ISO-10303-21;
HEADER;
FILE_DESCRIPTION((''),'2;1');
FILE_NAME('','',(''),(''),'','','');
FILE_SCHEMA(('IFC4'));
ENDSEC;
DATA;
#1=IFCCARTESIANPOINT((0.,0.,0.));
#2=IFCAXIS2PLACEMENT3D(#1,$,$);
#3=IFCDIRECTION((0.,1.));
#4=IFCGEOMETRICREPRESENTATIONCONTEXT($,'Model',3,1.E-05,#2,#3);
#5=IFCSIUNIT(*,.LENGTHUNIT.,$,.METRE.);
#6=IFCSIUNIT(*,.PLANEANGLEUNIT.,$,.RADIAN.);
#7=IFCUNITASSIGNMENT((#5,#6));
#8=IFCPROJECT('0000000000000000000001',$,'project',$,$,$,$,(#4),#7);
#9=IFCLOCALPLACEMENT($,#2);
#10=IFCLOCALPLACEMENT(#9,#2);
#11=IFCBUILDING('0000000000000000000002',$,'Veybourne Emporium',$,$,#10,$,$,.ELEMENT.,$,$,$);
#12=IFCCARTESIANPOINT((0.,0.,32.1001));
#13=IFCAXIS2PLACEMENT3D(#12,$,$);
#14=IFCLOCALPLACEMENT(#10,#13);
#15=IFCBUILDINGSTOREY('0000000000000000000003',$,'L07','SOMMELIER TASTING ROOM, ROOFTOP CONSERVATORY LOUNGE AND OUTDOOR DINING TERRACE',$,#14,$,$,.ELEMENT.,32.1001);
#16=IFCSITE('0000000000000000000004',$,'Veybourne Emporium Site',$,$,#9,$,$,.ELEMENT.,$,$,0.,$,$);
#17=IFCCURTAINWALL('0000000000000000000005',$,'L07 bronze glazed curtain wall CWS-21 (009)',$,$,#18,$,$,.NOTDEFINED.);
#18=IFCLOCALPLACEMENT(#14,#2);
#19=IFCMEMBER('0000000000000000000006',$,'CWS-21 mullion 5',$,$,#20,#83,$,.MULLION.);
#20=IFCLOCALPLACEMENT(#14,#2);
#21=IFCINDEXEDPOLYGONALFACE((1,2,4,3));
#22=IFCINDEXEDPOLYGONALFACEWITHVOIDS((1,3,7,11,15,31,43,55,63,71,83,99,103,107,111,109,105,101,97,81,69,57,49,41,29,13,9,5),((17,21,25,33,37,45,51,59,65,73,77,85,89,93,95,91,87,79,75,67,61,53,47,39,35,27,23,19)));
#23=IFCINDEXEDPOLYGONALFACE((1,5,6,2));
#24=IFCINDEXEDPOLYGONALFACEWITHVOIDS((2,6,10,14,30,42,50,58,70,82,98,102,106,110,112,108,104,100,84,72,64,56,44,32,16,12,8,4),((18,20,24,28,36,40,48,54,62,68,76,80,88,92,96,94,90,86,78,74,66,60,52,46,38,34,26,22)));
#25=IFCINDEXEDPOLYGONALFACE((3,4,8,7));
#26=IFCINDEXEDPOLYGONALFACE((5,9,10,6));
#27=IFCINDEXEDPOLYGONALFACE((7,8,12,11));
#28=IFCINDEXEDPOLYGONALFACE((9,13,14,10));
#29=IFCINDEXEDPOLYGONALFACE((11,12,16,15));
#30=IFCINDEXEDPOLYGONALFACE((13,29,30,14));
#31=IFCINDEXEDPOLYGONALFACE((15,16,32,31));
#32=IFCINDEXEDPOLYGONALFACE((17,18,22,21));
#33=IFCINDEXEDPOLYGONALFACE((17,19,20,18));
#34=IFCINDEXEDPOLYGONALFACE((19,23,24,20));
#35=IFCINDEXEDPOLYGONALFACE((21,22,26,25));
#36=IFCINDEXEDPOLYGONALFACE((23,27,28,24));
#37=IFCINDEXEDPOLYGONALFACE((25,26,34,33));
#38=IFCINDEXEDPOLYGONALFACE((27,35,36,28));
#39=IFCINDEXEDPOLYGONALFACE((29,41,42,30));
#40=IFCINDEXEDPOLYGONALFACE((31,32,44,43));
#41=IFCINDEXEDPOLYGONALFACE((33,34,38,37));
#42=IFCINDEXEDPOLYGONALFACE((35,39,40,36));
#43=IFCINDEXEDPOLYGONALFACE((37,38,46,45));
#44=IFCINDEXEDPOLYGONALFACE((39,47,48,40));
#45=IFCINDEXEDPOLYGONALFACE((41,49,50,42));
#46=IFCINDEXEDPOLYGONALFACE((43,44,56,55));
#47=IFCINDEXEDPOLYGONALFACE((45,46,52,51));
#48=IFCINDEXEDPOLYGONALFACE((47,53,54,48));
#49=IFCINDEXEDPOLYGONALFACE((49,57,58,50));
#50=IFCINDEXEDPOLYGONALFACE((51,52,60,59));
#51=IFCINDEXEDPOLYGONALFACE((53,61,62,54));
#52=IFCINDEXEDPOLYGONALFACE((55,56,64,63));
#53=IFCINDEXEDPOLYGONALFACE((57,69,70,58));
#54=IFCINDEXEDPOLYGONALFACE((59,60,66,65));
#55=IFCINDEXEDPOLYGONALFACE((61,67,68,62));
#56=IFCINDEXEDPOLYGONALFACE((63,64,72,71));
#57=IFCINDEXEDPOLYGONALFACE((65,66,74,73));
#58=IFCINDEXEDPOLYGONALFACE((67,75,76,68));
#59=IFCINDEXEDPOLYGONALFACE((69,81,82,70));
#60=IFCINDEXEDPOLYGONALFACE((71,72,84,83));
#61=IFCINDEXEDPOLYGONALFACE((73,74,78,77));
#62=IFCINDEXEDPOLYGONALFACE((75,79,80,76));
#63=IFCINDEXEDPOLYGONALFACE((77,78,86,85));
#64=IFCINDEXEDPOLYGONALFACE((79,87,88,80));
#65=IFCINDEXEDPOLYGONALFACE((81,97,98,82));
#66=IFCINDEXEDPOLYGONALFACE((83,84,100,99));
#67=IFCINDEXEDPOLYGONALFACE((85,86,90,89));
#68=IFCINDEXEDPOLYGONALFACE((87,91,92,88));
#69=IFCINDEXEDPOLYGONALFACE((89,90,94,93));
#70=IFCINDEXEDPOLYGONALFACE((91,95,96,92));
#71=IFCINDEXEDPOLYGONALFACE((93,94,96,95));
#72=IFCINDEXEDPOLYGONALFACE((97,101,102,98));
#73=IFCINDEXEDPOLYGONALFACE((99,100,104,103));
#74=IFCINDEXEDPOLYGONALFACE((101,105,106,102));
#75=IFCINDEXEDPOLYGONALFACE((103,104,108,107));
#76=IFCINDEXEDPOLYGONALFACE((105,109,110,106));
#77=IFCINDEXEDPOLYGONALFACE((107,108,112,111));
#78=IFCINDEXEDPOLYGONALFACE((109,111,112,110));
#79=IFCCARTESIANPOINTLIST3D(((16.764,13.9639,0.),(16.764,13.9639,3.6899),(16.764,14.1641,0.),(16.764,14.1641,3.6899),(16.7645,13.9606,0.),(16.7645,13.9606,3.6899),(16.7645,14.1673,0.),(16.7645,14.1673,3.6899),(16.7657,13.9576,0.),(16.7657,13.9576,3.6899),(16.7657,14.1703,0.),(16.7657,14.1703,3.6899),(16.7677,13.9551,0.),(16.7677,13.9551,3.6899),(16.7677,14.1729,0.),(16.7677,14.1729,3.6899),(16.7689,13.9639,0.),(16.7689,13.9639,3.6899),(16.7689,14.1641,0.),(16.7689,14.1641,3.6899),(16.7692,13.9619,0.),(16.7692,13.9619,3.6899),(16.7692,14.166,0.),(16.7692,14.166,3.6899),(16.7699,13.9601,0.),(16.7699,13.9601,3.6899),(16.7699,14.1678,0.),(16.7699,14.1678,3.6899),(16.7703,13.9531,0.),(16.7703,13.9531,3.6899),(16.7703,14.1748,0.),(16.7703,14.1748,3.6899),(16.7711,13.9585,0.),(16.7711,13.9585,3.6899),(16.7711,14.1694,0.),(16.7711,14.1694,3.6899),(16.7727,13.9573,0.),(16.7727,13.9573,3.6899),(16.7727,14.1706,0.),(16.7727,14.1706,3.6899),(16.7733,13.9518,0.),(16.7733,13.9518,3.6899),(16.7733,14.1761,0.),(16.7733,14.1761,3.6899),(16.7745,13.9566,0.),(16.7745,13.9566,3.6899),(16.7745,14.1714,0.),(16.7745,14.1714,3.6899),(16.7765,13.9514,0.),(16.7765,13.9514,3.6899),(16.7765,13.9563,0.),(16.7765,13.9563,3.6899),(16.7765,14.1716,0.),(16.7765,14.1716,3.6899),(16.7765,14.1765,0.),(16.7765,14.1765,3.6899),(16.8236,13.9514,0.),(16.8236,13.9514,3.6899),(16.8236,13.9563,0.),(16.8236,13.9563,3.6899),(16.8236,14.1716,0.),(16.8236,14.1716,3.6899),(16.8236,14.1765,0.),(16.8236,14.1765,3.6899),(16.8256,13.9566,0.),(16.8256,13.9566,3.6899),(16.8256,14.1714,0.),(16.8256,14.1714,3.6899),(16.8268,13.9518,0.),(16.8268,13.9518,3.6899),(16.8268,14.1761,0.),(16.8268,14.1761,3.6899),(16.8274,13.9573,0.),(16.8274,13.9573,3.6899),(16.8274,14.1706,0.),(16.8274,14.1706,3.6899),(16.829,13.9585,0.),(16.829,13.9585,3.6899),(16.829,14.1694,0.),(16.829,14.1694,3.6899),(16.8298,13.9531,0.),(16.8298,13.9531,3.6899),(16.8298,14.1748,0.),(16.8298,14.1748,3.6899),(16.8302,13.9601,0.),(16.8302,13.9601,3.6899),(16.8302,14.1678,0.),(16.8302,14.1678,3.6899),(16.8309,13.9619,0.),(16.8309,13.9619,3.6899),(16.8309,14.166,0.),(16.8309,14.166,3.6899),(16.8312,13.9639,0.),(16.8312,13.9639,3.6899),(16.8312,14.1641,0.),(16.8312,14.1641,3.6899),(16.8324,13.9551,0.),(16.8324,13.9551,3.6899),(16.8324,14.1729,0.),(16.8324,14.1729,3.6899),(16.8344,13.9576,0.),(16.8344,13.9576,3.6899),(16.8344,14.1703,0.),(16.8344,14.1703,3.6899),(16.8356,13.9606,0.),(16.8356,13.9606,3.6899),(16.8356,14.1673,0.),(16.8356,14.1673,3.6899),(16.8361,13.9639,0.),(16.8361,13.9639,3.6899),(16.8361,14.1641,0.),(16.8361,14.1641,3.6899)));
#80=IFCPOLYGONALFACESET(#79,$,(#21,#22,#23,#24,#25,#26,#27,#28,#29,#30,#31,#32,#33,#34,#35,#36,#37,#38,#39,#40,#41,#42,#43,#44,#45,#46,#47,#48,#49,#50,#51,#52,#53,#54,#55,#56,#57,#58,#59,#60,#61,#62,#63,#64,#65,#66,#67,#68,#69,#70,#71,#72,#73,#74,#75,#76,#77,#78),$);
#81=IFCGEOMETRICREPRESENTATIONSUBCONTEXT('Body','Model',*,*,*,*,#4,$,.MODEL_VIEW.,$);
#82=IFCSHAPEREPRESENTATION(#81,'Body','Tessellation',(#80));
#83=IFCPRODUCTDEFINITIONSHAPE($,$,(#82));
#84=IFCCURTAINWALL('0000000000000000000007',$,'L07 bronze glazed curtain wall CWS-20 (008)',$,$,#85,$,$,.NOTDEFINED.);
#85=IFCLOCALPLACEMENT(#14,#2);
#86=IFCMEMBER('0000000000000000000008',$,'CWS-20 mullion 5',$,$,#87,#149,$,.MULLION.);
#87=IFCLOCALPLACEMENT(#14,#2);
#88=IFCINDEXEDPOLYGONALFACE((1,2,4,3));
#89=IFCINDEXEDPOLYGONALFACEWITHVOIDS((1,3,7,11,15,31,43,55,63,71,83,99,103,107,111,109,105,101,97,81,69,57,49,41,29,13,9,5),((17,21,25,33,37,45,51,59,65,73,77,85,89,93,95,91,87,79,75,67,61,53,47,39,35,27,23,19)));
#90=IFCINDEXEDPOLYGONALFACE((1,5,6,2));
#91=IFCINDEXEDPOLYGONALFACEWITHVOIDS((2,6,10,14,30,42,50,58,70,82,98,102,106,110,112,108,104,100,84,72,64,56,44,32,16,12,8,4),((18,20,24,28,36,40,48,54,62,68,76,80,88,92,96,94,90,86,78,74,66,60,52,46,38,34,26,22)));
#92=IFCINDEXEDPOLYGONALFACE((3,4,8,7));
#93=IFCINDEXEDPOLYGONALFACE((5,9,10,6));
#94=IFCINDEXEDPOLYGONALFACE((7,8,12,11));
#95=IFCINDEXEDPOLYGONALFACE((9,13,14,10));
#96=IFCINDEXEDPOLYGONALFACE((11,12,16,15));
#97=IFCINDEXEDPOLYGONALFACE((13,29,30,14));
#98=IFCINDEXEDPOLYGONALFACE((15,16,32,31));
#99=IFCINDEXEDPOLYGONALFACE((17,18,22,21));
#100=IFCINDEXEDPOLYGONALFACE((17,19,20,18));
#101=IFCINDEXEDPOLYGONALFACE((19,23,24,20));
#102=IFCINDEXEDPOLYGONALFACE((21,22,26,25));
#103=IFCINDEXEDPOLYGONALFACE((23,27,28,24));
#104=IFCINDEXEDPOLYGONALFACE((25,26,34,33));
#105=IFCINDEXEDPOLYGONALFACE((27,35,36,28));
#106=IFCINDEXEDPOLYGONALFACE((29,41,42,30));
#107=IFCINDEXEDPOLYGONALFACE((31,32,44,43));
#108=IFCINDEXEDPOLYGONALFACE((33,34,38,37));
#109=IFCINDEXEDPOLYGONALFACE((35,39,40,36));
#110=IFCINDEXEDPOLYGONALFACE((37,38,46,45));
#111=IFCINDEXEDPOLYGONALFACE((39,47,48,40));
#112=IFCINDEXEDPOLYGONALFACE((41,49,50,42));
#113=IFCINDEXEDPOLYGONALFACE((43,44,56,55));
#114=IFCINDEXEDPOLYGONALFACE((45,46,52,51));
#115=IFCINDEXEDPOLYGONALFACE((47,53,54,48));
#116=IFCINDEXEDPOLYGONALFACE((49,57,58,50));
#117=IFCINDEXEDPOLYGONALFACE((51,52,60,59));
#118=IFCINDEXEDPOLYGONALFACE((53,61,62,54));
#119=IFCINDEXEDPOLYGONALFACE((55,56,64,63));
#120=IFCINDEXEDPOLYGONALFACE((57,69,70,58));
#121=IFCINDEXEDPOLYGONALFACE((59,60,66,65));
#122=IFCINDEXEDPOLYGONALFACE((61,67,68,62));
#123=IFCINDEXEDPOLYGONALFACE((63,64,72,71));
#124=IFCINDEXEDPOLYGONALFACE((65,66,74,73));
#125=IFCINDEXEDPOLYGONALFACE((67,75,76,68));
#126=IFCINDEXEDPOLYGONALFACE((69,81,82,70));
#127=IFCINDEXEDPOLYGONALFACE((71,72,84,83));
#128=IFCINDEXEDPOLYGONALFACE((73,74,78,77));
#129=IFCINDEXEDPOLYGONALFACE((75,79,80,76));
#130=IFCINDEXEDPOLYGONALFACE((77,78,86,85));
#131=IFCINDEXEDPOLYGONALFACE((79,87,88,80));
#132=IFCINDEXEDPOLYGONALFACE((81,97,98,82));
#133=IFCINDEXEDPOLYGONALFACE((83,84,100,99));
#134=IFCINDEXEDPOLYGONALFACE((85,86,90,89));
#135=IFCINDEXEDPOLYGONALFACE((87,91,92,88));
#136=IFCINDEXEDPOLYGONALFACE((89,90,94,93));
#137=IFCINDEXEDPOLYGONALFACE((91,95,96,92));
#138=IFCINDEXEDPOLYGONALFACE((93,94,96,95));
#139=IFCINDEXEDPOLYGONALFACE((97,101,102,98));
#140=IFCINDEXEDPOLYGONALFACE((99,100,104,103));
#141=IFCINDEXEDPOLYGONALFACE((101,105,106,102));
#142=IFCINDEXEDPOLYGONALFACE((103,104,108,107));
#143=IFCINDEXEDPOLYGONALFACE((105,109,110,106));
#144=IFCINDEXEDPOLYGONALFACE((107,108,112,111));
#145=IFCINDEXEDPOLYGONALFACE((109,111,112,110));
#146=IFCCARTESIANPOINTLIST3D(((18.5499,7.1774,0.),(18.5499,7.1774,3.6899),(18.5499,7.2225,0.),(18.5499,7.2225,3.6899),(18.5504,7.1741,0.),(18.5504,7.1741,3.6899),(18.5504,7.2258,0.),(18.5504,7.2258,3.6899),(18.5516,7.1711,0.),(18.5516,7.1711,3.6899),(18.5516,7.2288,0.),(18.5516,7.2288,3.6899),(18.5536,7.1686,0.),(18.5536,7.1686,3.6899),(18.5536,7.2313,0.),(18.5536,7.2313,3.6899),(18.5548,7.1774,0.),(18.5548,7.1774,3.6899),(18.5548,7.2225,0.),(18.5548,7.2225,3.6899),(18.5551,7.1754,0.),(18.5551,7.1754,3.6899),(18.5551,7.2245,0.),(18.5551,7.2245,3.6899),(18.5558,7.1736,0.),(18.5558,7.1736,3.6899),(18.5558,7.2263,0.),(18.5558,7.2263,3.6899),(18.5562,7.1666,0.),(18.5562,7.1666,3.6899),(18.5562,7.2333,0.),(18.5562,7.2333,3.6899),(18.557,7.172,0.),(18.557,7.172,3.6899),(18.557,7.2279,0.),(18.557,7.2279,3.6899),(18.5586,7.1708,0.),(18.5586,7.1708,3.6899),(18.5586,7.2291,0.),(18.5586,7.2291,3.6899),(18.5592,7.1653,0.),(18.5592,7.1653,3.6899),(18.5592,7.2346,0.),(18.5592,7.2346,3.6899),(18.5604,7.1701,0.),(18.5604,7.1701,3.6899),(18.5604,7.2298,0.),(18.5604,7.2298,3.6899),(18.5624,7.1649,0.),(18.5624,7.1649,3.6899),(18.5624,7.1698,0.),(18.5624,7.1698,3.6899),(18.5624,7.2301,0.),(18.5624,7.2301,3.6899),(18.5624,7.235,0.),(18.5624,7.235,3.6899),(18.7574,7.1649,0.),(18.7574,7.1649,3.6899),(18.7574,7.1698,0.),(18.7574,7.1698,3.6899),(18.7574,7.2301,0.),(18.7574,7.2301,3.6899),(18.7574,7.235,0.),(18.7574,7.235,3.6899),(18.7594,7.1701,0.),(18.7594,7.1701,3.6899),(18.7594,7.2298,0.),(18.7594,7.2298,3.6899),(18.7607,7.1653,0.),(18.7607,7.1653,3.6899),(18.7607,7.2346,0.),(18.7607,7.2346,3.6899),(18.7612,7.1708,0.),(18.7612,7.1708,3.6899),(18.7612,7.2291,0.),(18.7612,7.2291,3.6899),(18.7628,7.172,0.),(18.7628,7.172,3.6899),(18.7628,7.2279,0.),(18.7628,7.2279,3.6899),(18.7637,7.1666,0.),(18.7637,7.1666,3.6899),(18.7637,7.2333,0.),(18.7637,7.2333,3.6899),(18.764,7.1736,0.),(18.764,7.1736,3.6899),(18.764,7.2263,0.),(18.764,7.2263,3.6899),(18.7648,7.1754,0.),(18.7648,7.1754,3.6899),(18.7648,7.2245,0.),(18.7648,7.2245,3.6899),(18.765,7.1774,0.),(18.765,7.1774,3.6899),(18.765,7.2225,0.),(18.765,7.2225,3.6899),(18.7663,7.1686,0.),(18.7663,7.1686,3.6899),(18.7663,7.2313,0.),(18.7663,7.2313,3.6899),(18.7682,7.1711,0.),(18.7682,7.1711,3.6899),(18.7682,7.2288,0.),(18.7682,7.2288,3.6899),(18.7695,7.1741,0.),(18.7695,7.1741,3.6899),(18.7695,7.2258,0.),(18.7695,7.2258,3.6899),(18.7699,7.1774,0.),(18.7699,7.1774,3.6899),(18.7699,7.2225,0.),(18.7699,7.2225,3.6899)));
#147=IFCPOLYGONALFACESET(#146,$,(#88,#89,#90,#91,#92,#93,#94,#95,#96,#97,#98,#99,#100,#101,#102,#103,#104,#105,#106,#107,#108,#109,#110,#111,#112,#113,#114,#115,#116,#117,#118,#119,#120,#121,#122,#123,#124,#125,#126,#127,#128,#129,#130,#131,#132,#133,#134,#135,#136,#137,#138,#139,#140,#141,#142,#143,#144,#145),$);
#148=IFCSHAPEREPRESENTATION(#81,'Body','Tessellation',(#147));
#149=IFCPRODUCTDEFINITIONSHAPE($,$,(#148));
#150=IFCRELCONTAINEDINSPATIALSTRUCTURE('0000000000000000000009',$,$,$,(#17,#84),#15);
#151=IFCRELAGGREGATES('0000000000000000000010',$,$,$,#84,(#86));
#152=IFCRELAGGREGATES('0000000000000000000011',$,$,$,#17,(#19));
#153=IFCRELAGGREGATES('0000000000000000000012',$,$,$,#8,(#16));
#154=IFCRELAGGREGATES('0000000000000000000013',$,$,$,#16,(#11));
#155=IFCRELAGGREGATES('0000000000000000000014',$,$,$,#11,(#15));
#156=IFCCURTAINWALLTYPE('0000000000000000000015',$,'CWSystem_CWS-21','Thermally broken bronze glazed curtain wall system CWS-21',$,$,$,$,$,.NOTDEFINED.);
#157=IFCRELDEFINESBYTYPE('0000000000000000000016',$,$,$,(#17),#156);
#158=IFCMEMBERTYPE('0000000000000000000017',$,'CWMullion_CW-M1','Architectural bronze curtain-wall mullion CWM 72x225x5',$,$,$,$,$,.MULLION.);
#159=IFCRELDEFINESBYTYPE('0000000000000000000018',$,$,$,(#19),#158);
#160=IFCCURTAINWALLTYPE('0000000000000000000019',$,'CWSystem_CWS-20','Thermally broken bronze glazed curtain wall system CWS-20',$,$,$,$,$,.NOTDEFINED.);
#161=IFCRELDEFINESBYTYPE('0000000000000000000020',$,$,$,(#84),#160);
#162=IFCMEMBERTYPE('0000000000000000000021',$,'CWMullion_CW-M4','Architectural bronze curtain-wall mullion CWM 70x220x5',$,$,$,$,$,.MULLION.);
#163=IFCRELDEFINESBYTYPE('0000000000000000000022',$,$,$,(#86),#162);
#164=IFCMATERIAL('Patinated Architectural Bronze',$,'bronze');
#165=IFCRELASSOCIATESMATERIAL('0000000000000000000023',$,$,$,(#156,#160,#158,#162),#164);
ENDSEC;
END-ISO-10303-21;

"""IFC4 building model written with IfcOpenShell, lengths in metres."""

from ifc_helpers import new_model, si_unit, direction, frame, origin, origin_2d, place, context, subcontext, project, spatial, hollow_rectangle, extrude, material, material_profile, profile_set, type_object, element, aggregate, save


model = new_model("IFC4")

# Units and contexts
model_context = context("Model", 3, precision=1e-05, world=origin(), true_north=direction((0.0, 1.0)))
body_context = subcontext(model_context, "Body", "Model", "MODEL_VIEW")
ifc_project = project(units=[si_unit("LENGTHUNIT", "METRE"), si_unit("PLANEANGLEUNIT", "RADIAN")], contexts=[model_context])

# Site, building, storey
site_placement = place(None, origin())
site = spatial("IfcSite", under=ifc_project, at=site_placement, Name="Veybourne Emporium Site", CompositionType="ELEMENT", RefElevation=0.0)
building_placement = place(site_placement, origin())
building = spatial("IfcBuilding", under=site, at=building_placement, Name="Veybourne Emporium", CompositionType="ELEMENT")
storey_placement = place(building_placement, frame((0.0, 0.0, 32.1001)))
storey = spatial("IfcBuildingStorey", under=building, at=storey_placement, Name="L07", Description="SOMMELIER TASTING ROOM, ROOFTOP CONSERVATORY LOUNGE AND OUTDOOR DINING TERRACE", CompositionType="ELEMENT", Elevation=32.1001)

# Curtain walls, members
ifc_material_1 = material(Name="Patinated Architectural Bronze", Category="bronze")
curtain_wall_type_1 = type_object("IfcCurtainWallType", Name="CWSystem_CWS-21", Description="Thermally broken bronze glazed curtain wall system CWS-21", PredefinedType="NOTDEFINED", material=ifc_material_1)
curtain_wall_1_placement = place(storey_placement, origin())
curtain_wall_1 = element("IfcCurtainWall", 1, at=curtain_wall_1_placement, inside=storey, type_object=curtain_wall_type_1, Name="L07 bronze glazed curtain wall CWS-21 (009)", PredefinedType="NOTDEFINED")
ifc_material_profile_1 = material_profile(ifc_material_1, hollow_rectangle(XDim=0.072, YDim=0.2251, WallThickness=0.0049, InnerFilletRadius=0.0076, OuterFilletRadius=0.0125, at=origin_2d()), Name="CWM 72x225x5")
ifc_profile_set_1 = profile_set([ifc_material_profile_1], Name="Patinated Architectural Bronze")
member_type_1 = type_object("IfcMemberType", Name="CWMullion_CW-M1", Description="Architectural bronze curtain-wall mullion CWM 72x225x5", PredefinedType="MULLION", material=ifc_profile_set_1)
member_1_placement = place(storey_placement, frame((16.8, 14.064, 0.0), z_axis=(0.0, 0.0, 1.0), x_axis=(-1.0, 0.0, 0.0)))
member_1 = element("IfcMember", 2, at=member_1_placement, type_object=member_type_1, Name="CWS-21 mullion 5", PredefinedType="MULLION", context=body_context, shape_type="SweptSolid", body=[
    extrude(hollow_rectangle(XDim=0.072, YDim=0.2251, WallThickness=0.0049, InnerFilletRadius=0.0076, OuterFilletRadius=0.0125, at=origin_2d()), origin(), (0.0, 0.0, 1.0), 3.6899),
])
curtain_wall_type_2 = type_object("IfcCurtainWallType", Name="CWSystem_CWS-20", Description="Thermally broken bronze glazed curtain wall system CWS-20", PredefinedType="NOTDEFINED", material=ifc_material_1)
curtain_wall_2_placement = place(storey_placement, origin())
curtain_wall_2 = element("IfcCurtainWall", 3, at=curtain_wall_2_placement, inside=storey, type_object=curtain_wall_type_2, Name="L07 bronze glazed curtain wall CWS-20 (008)", PredefinedType="NOTDEFINED")
ifc_material_profile_2 = material_profile(ifc_material_1, hollow_rectangle(XDim=0.0701, YDim=0.22, WallThickness=0.0049, InnerFilletRadius=0.0076, OuterFilletRadius=0.0125, at=origin_2d()), Name="CWM 70x220x5")
ifc_profile_set_2 = profile_set([ifc_material_profile_2], Name="Patinated Architectural Bronze")
member_type_2 = type_object("IfcMemberType", Name="CWMullion_CW-M4", Description="Architectural bronze curtain-wall mullion CWM 70x220x5", PredefinedType="MULLION", material=ifc_profile_set_2)
member_2_placement = place(storey_placement, frame((18.6599, 7.2, 0.0), z_axis=(0.0, 0.0, 1.0), x_axis=(0.0, -1.0, 0.0)))
member_2 = element("IfcMember", 4, at=member_2_placement, type_object=member_type_2, Name="CWS-20 mullion 5", PredefinedType="MULLION", context=body_context, shape_type="SweptSolid", body=[
    extrude(hollow_rectangle(XDim=0.0701, YDim=0.22, WallThickness=0.0049, InnerFilletRadius=0.0076, OuterFilletRadius=0.0125, at=origin_2d()), origin(), (0.0, 0.0, 1.0), 3.6899),
])

aggregate(curtain_wall_2, [member_2])
aggregate(curtain_wall_1, [member_1])

save(model, "model.ifc")
